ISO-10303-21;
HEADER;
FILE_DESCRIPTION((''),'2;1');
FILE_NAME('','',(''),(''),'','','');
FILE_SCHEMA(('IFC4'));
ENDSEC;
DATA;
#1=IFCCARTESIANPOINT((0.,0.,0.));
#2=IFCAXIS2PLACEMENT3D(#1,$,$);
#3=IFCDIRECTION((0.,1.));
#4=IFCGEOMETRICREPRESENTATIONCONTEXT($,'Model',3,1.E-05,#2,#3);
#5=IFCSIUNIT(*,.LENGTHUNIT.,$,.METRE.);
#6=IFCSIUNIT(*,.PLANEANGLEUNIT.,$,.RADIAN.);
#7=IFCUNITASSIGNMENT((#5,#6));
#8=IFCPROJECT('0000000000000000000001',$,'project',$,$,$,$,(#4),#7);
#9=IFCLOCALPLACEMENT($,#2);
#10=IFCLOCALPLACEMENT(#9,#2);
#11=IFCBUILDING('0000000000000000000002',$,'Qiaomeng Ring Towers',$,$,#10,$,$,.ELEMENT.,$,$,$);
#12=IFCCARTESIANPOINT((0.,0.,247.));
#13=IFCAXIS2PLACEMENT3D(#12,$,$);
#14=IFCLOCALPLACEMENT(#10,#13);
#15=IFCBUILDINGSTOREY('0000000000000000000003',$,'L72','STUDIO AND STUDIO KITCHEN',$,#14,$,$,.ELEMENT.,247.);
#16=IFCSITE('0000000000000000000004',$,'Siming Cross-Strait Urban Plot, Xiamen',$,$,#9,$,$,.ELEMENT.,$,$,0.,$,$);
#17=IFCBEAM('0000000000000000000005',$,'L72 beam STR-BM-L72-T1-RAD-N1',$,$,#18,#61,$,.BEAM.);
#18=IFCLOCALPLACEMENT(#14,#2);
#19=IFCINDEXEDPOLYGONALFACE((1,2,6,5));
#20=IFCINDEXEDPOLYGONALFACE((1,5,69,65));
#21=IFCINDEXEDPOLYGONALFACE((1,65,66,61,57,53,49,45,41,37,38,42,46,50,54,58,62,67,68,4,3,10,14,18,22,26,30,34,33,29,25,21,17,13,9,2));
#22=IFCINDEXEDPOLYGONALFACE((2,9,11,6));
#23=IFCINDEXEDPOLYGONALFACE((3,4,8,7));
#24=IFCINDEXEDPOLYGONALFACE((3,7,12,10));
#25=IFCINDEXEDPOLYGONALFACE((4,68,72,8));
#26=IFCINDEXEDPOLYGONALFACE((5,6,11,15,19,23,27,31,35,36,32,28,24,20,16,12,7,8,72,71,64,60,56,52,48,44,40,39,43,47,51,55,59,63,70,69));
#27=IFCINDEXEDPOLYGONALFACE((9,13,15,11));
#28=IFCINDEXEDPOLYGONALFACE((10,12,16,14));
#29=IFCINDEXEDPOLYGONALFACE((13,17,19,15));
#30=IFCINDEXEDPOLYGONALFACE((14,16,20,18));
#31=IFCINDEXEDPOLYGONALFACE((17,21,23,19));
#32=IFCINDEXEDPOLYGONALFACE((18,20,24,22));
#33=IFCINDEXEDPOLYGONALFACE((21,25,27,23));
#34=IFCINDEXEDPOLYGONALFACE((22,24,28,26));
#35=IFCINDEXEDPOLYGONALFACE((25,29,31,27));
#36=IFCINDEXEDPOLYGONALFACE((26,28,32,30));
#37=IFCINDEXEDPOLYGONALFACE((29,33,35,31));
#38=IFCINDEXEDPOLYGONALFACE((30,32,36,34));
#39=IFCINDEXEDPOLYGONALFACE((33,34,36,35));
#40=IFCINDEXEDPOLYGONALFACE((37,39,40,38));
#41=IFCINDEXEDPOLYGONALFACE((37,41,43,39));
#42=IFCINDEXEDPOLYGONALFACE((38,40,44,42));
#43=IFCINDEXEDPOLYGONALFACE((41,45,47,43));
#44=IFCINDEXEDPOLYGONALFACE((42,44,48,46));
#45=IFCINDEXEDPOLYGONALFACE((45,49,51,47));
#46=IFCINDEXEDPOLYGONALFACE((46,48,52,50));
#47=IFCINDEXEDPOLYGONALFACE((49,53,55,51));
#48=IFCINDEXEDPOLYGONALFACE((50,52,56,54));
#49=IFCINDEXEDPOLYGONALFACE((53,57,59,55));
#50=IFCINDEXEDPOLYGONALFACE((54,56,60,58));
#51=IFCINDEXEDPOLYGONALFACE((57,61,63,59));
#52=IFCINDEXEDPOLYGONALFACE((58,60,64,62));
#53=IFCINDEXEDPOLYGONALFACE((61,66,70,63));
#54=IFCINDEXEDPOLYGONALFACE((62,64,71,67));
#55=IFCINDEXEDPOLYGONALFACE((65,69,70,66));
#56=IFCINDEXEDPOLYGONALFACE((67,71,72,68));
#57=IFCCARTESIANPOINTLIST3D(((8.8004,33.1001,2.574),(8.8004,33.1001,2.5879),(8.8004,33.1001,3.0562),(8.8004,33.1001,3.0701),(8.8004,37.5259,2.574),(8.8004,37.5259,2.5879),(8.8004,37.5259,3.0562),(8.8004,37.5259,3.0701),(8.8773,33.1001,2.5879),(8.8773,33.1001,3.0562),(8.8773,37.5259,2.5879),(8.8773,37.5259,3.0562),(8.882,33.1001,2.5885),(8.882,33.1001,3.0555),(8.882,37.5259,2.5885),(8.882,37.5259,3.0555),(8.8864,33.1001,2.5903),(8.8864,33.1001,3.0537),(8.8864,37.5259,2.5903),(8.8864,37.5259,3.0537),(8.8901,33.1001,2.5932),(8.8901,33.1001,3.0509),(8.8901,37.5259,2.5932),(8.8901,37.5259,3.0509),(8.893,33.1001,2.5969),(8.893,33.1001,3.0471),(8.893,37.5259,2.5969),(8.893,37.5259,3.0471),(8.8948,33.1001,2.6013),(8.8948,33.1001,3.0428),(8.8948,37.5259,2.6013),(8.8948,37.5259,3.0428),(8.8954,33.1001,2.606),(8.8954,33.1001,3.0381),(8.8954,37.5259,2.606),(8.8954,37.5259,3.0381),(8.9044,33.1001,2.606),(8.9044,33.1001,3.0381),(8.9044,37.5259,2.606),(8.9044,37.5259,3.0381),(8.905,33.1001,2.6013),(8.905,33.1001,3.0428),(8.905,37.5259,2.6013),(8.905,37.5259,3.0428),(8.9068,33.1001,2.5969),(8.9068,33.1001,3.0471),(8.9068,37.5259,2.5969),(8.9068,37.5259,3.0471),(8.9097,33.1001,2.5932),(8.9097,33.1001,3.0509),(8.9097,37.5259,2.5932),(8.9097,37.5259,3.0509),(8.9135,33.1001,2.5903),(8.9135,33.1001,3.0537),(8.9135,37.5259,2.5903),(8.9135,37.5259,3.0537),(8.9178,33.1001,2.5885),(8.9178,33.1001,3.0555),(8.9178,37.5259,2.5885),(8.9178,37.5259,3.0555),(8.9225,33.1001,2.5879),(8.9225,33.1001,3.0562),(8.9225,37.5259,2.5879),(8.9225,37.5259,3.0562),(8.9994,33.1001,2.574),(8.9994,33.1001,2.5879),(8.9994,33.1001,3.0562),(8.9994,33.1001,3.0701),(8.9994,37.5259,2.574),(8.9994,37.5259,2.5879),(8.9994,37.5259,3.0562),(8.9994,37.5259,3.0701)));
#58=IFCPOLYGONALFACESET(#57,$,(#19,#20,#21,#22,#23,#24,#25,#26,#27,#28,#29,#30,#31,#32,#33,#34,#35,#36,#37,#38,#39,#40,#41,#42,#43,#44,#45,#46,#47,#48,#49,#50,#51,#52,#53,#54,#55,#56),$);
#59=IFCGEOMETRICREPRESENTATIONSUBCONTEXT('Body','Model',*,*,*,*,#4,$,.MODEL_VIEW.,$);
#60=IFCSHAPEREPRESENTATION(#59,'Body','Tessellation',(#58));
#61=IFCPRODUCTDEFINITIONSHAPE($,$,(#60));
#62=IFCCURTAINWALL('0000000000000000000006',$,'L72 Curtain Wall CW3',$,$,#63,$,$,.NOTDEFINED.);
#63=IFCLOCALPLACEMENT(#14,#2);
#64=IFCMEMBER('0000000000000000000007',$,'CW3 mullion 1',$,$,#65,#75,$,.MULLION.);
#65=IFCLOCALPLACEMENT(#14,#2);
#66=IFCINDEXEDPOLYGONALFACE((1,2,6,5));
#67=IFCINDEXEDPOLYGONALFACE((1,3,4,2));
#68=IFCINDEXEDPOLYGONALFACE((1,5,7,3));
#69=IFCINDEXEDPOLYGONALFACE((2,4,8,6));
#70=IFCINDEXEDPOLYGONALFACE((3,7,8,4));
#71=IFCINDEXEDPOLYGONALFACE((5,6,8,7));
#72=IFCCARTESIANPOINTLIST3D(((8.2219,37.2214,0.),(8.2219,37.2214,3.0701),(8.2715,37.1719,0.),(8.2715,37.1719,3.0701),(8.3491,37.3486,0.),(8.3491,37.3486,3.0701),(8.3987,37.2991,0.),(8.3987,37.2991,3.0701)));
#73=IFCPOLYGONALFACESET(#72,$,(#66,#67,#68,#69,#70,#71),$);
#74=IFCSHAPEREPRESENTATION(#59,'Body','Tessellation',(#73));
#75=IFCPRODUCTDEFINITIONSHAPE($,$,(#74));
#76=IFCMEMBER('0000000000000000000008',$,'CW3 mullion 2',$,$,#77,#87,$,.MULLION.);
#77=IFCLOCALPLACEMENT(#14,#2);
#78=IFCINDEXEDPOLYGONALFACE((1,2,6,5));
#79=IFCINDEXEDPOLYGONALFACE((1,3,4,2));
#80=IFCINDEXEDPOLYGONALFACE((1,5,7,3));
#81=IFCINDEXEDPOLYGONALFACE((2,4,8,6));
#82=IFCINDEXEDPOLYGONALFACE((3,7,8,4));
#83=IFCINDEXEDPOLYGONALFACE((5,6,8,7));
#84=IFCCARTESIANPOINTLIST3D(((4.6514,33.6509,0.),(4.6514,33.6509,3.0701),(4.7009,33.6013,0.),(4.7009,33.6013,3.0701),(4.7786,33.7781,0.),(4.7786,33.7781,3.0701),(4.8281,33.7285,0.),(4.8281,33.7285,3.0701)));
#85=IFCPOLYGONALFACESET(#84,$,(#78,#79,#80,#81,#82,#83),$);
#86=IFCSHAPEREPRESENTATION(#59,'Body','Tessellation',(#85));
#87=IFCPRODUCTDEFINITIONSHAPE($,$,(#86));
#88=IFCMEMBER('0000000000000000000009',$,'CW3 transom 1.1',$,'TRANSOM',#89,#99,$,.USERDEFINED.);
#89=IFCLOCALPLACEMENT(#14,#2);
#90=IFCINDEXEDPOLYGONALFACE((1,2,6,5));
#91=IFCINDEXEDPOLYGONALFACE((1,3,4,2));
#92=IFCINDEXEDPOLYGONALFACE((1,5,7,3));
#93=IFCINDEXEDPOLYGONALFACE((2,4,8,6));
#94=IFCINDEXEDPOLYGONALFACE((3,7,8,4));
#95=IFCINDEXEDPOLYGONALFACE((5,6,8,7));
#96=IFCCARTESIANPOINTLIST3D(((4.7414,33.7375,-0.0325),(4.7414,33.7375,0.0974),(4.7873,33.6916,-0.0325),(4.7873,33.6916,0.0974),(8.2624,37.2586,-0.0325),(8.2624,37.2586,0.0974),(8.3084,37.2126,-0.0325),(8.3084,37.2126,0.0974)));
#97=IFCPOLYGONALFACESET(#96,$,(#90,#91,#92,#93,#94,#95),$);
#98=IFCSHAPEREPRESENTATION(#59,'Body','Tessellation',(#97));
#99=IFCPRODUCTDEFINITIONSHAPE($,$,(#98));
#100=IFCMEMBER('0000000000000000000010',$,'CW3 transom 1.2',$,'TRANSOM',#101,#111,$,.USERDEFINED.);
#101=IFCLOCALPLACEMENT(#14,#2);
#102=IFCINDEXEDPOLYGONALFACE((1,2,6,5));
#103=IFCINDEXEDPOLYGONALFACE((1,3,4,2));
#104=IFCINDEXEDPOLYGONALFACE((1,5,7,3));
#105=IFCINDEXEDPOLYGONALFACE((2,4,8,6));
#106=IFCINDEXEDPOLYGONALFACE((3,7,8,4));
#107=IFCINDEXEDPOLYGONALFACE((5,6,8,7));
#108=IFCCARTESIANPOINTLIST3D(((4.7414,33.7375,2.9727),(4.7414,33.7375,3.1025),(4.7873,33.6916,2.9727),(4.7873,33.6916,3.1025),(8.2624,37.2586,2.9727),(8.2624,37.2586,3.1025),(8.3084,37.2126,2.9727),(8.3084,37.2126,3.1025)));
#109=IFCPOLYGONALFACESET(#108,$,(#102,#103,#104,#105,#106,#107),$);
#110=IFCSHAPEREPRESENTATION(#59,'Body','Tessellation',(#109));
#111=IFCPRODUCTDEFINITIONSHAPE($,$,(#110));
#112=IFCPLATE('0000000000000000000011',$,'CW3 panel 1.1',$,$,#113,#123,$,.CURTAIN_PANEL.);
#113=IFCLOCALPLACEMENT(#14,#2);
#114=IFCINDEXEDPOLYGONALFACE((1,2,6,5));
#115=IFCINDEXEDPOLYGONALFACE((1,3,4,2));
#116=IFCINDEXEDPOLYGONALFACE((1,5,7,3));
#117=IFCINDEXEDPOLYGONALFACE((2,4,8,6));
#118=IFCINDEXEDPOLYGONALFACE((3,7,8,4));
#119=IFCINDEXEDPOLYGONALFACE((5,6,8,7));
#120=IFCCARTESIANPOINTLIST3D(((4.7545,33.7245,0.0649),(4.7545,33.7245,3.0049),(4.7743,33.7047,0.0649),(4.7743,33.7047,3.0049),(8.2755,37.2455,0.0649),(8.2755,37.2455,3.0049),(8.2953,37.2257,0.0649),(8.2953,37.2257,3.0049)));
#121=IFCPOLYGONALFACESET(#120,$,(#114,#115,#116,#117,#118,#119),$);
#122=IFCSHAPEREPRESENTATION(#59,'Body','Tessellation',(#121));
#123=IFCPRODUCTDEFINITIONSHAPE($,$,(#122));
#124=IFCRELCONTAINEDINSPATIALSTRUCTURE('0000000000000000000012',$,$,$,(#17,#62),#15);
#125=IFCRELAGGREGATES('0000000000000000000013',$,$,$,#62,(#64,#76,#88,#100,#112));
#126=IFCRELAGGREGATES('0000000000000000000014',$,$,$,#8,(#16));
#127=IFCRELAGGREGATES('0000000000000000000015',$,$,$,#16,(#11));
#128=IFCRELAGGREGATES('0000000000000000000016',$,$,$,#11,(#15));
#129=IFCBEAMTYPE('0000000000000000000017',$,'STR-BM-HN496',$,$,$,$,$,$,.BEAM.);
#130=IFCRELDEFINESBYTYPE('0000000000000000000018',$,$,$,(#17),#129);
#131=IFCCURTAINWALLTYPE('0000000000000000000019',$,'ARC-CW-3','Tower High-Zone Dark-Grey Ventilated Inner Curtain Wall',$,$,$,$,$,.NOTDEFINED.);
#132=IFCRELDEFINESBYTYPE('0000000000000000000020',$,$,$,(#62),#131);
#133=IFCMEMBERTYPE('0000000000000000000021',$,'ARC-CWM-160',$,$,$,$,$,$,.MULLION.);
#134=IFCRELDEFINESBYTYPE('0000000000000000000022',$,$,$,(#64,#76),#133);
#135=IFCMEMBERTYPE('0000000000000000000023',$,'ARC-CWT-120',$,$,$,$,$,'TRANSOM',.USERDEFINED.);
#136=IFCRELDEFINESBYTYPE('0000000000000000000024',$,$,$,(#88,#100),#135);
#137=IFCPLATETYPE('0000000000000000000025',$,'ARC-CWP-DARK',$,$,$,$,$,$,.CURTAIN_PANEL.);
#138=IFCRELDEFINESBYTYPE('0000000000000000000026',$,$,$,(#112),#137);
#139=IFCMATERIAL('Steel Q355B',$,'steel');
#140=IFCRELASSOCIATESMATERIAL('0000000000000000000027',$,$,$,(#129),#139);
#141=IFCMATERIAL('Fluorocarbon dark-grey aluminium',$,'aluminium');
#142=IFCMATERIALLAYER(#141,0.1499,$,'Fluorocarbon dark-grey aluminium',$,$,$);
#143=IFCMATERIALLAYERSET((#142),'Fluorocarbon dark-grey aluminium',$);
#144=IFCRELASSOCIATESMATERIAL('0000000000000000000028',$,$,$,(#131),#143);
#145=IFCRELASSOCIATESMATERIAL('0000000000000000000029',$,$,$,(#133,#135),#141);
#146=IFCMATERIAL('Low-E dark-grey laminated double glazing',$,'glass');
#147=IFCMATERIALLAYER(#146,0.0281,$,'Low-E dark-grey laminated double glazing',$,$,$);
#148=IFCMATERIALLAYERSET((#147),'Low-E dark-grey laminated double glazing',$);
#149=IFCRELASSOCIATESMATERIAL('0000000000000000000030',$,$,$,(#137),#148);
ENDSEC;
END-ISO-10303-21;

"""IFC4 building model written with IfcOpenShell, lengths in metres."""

from ifc_helpers import new_model, si_unit, direction, frame, origin, origin_2d, place, context, subcontext, project, spatial, rectangle, i_section, extrude, source, transform, mapped, material, layer, layer_set, material_profile, profile_set, type_object, element, aggregate, save


model = new_model("IFC4")

# Units and contexts
model_context = context("Model", 3, precision=1e-05, world=origin(), true_north=direction((0.0, 1.0)))
body_context = subcontext(model_context, "Body", "Model", "MODEL_VIEW")
ifc_project = project(units=[si_unit("LENGTHUNIT", "METRE"), si_unit("PLANEANGLEUNIT", "RADIAN")], contexts=[model_context])

# Site, building, storey
site_placement = place(None, origin())
site = spatial("IfcSite", under=ifc_project, at=site_placement, Name="Siming Cross-Strait Urban Plot, Xiamen", CompositionType="ELEMENT", RefElevation=0.0)
building_placement = place(site_placement, origin())
building = spatial("IfcBuilding", under=site, at=building_placement, Name="Qiaomeng Ring Towers", CompositionType="ELEMENT")
storey_placement = place(building_placement, frame((0.0, 0.0, 247.0)))
storey = spatial("IfcBuildingStorey", under=building, at=storey_placement, Name="L72", Description="STUDIO AND STUDIO KITCHEN", CompositionType="ELEMENT", Elevation=247.0)

# Beam
ifc_material_1 = material(Name="Steel Q355B", Category="steel")
ifc_material_profile_1 = material_profile(ifc_material_1, i_section(OverallWidth=0.199, OverallDepth=0.4961, WebThickness=0.009, FlangeThickness=0.0139, FilletRadius=0.0181, at=origin_2d()), Name="HN 496x199x9x14")
ifc_profile_set_1 = profile_set([ifc_material_profile_1], Name="Steel Q355B")
beam_type_1 = type_object("IfcBeamType", Name="STR-BM-HN496", PredefinedType="BEAM", material=ifc_profile_set_1)
shared_shape_1 = source(origin(), body_context, "Body", "SweptSolid", [
    extrude(i_section(OverallWidth=0.199, OverallDepth=0.4961, WebThickness=0.009, FlangeThickness=0.0139, FilletRadius=0.0181, at=origin_2d()), origin(), (0.0, 0.0, 1.0), 4.4258),
])
beam_1_placement = place(storey_placement, frame((8.8999, 37.5259, 2.822), z_axis=(0.0, -1.0, 0.0), x_axis=(1.0, 0.0, 0.0)))
element("IfcBeam", 1, at=beam_1_placement, inside=storey, type_object=beam_type_1, Name="L72 beam STR-BM-L72-T1-RAD-N1", PredefinedType="BEAM", context=body_context, shape_type="MappedRepresentation", body=[
    mapped(shared_shape_1, transform((0.0, 0.0, 0.0), x_axis=(1.0, 0.0, 0.0), y_axis=(0.0, 1.0, 0.0), z_axis=(0.0, 0.0, 1.0), scale=1.0)),
])

# Curtain wall, members, plate
ifc_material_2 = material(Name="Fluorocarbon dark-grey aluminium", Category="aluminium")
ifc_layer_1 = layer(ifc_material_2, 0.1499, Name="Fluorocarbon dark-grey aluminium")
ifc_layer_set_1 = layer_set([ifc_layer_1], Name="Fluorocarbon dark-grey aluminium")
curtain_wall_type = type_object("IfcCurtainWallType", Name="ARC-CW-3", Description="Tower High-Zone Dark-Grey Ventilated Inner Curtain Wall", PredefinedType="NOTDEFINED", material=ifc_layer_set_1)
curtain_wall_placement = place(storey_placement, origin())
curtain_wall = element("IfcCurtainWall", 2, at=curtain_wall_placement, inside=storey, type_object=curtain_wall_type, Name="L72 Curtain Wall CW3", PredefinedType="NOTDEFINED")
ifc_material_profile_2 = material_profile(ifc_material_2, rectangle(XDim=0.0701, YDim=0.1799, at=origin_2d()), Name="ALU MULL 70x180")
ifc_profile_set_2 = profile_set([ifc_material_profile_2], Name="Fluorocarbon dark-grey aluminium")
member_type_1 = type_object("IfcMemberType", Name="ARC-CWM-160", PredefinedType="MULLION", material=ifc_profile_set_2)
shared_shape_2 = source(origin(), body_context, "Body", "SweptSolid", [
    extrude(rectangle(XDim=0.0701, YDim=0.1799, at=origin_2d()), origin(), (0.0, 0.0, 1.0), 3.0701),
])
member_1_placement = place(storey_placement, frame((8.3103, 37.2603, 0.0), z_axis=(0.0, 0.0, 1.0), x_axis=(0.707107, -0.707107, 0.0)))
member_1 = element("IfcMember", 3, at=member_1_placement, type_object=member_type_1, Name="CW3 mullion 1", PredefinedType="MULLION", context=body_context, shape_type="MappedRepresentation", body=[
    mapped(shared_shape_2, transform((0.0, 0.0, 0.0), x_axis=(1.0, 0.0, 0.0), y_axis=(0.0, 1.0, 0.0), z_axis=(0.0, 0.0, 1.0), scale=1.0)),
])
member_2_placement = place(storey_placement, frame((4.7397, 33.6897, 0.0), z_axis=(0.0, 0.0, 1.0), x_axis=(0.707107, -0.707107, 0.0)))
member_2 = element("IfcMember", 4, at=member_2_placement, type_object=member_type_1, Name="CW3 mullion 2", PredefinedType="MULLION", context=body_context, shape_type="MappedRepresentation", body=[
    mapped(shared_shape_2, transform((0.0, 0.0, 0.0), x_axis=(1.0, 0.0, 0.0), y_axis=(0.0, 1.0, 0.0), z_axis=(0.0, 0.0, 1.0), scale=1.0)),
])
ifc_material_profile_3 = material_profile(ifc_material_2, rectangle(XDim=0.0649, YDim=0.1299, at=origin_2d()), Name="ALU TRAN 65x130")
ifc_profile_set_3 = profile_set([ifc_material_profile_3], Name="Fluorocarbon dark-grey aluminium")
member_type_2 = type_object("IfcMemberType", Name="ARC-CWT-120", ElementType="TRANSOM", PredefinedType="USERDEFINED", material=ifc_profile_set_3)
shared_shape_3 = source(origin(), body_context, "Body", "SweptSolid", [
    extrude(rectangle(XDim=0.0649, YDim=0.1299, at=origin_2d()), origin(), (0.0, 0.0, 1.0), 4.9795),
])
member_3_placement = place(storey_placement, frame((8.2854, 37.2356, 0.0325), z_axis=(-0.707107, -0.707107, 0.0), x_axis=(0.707107, -0.707107, 0.0)))
member_3 = element("IfcMember", 5, at=member_3_placement, type_object=member_type_2, Name="CW3 transom 1.1", ObjectType="TRANSOM", PredefinedType="USERDEFINED", context=body_context, shape_type="MappedRepresentation", body=[
    mapped(shared_shape_3, transform((0.0, 0.0, 0.0), x_axis=(1.0, 0.0, 0.0), y_axis=(0.0, 1.0, 0.0), z_axis=(0.0, 0.0, 1.0), scale=1.0)),
])
member_4_placement = place(storey_placement, frame((8.2854, 37.2356, 3.0376), z_axis=(-0.707107, -0.707107, 0.0), x_axis=(0.707107, -0.707107, 0.0)))
member_4 = element("IfcMember", 6, at=member_4_placement, type_object=member_type_2, Name="CW3 transom 1.2", ObjectType="TRANSOM", PredefinedType="USERDEFINED", context=body_context, shape_type="MappedRepresentation", body=[
    mapped(shared_shape_3, transform((0.0, 0.0, 0.0), x_axis=(1.0, 0.0, 0.0), y_axis=(0.0, 1.0, 0.0), z_axis=(0.0, 0.0, 1.0), scale=1.0)),
])
ifc_material_3 = material(Name="Low-E dark-grey laminated double glazing", Category="glass")
ifc_layer_2 = layer(ifc_material_3, 0.0281, Name="Low-E dark-grey laminated double glazing")
ifc_layer_set_2 = layer_set([ifc_layer_2], Name="Low-E dark-grey laminated double glazing")
plate_type = type_object("IfcPlateType", Name="ARC-CWP-DARK", PredefinedType="CURTAIN_PANEL", material=ifc_layer_set_2)
shared_shape_4 = source(origin(), body_context, "Body", "SweptSolid", [
    extrude(rectangle(XDim=4.9795, YDim=0.0281, at=origin_2d()), origin(), (0.0, 0.0, 1.0), 2.9399),
])
plate_placement = place(storey_placement, frame((6.5249, 35.4751, 0.0649), z_axis=(0.0, 0.0, 1.0), x_axis=(-0.707107, -0.707107, 0.0)))
plate = element("IfcPlate", 7, at=plate_placement, type_object=plate_type, Name="CW3 panel 1.1", PredefinedType="CURTAIN_PANEL", context=body_context, shape_type="MappedRepresentation", body=[
    mapped(shared_shape_4, transform((0.0, 0.0, 0.0), x_axis=(1.0, 0.0, 0.0), y_axis=(0.0, 1.0, 0.0), z_axis=(0.0, 0.0, 1.0), scale=1.0)),
])
aggregate(curtain_wall, [member_1, member_2, member_3, member_4, plate])

save(model, "model.ifc")
